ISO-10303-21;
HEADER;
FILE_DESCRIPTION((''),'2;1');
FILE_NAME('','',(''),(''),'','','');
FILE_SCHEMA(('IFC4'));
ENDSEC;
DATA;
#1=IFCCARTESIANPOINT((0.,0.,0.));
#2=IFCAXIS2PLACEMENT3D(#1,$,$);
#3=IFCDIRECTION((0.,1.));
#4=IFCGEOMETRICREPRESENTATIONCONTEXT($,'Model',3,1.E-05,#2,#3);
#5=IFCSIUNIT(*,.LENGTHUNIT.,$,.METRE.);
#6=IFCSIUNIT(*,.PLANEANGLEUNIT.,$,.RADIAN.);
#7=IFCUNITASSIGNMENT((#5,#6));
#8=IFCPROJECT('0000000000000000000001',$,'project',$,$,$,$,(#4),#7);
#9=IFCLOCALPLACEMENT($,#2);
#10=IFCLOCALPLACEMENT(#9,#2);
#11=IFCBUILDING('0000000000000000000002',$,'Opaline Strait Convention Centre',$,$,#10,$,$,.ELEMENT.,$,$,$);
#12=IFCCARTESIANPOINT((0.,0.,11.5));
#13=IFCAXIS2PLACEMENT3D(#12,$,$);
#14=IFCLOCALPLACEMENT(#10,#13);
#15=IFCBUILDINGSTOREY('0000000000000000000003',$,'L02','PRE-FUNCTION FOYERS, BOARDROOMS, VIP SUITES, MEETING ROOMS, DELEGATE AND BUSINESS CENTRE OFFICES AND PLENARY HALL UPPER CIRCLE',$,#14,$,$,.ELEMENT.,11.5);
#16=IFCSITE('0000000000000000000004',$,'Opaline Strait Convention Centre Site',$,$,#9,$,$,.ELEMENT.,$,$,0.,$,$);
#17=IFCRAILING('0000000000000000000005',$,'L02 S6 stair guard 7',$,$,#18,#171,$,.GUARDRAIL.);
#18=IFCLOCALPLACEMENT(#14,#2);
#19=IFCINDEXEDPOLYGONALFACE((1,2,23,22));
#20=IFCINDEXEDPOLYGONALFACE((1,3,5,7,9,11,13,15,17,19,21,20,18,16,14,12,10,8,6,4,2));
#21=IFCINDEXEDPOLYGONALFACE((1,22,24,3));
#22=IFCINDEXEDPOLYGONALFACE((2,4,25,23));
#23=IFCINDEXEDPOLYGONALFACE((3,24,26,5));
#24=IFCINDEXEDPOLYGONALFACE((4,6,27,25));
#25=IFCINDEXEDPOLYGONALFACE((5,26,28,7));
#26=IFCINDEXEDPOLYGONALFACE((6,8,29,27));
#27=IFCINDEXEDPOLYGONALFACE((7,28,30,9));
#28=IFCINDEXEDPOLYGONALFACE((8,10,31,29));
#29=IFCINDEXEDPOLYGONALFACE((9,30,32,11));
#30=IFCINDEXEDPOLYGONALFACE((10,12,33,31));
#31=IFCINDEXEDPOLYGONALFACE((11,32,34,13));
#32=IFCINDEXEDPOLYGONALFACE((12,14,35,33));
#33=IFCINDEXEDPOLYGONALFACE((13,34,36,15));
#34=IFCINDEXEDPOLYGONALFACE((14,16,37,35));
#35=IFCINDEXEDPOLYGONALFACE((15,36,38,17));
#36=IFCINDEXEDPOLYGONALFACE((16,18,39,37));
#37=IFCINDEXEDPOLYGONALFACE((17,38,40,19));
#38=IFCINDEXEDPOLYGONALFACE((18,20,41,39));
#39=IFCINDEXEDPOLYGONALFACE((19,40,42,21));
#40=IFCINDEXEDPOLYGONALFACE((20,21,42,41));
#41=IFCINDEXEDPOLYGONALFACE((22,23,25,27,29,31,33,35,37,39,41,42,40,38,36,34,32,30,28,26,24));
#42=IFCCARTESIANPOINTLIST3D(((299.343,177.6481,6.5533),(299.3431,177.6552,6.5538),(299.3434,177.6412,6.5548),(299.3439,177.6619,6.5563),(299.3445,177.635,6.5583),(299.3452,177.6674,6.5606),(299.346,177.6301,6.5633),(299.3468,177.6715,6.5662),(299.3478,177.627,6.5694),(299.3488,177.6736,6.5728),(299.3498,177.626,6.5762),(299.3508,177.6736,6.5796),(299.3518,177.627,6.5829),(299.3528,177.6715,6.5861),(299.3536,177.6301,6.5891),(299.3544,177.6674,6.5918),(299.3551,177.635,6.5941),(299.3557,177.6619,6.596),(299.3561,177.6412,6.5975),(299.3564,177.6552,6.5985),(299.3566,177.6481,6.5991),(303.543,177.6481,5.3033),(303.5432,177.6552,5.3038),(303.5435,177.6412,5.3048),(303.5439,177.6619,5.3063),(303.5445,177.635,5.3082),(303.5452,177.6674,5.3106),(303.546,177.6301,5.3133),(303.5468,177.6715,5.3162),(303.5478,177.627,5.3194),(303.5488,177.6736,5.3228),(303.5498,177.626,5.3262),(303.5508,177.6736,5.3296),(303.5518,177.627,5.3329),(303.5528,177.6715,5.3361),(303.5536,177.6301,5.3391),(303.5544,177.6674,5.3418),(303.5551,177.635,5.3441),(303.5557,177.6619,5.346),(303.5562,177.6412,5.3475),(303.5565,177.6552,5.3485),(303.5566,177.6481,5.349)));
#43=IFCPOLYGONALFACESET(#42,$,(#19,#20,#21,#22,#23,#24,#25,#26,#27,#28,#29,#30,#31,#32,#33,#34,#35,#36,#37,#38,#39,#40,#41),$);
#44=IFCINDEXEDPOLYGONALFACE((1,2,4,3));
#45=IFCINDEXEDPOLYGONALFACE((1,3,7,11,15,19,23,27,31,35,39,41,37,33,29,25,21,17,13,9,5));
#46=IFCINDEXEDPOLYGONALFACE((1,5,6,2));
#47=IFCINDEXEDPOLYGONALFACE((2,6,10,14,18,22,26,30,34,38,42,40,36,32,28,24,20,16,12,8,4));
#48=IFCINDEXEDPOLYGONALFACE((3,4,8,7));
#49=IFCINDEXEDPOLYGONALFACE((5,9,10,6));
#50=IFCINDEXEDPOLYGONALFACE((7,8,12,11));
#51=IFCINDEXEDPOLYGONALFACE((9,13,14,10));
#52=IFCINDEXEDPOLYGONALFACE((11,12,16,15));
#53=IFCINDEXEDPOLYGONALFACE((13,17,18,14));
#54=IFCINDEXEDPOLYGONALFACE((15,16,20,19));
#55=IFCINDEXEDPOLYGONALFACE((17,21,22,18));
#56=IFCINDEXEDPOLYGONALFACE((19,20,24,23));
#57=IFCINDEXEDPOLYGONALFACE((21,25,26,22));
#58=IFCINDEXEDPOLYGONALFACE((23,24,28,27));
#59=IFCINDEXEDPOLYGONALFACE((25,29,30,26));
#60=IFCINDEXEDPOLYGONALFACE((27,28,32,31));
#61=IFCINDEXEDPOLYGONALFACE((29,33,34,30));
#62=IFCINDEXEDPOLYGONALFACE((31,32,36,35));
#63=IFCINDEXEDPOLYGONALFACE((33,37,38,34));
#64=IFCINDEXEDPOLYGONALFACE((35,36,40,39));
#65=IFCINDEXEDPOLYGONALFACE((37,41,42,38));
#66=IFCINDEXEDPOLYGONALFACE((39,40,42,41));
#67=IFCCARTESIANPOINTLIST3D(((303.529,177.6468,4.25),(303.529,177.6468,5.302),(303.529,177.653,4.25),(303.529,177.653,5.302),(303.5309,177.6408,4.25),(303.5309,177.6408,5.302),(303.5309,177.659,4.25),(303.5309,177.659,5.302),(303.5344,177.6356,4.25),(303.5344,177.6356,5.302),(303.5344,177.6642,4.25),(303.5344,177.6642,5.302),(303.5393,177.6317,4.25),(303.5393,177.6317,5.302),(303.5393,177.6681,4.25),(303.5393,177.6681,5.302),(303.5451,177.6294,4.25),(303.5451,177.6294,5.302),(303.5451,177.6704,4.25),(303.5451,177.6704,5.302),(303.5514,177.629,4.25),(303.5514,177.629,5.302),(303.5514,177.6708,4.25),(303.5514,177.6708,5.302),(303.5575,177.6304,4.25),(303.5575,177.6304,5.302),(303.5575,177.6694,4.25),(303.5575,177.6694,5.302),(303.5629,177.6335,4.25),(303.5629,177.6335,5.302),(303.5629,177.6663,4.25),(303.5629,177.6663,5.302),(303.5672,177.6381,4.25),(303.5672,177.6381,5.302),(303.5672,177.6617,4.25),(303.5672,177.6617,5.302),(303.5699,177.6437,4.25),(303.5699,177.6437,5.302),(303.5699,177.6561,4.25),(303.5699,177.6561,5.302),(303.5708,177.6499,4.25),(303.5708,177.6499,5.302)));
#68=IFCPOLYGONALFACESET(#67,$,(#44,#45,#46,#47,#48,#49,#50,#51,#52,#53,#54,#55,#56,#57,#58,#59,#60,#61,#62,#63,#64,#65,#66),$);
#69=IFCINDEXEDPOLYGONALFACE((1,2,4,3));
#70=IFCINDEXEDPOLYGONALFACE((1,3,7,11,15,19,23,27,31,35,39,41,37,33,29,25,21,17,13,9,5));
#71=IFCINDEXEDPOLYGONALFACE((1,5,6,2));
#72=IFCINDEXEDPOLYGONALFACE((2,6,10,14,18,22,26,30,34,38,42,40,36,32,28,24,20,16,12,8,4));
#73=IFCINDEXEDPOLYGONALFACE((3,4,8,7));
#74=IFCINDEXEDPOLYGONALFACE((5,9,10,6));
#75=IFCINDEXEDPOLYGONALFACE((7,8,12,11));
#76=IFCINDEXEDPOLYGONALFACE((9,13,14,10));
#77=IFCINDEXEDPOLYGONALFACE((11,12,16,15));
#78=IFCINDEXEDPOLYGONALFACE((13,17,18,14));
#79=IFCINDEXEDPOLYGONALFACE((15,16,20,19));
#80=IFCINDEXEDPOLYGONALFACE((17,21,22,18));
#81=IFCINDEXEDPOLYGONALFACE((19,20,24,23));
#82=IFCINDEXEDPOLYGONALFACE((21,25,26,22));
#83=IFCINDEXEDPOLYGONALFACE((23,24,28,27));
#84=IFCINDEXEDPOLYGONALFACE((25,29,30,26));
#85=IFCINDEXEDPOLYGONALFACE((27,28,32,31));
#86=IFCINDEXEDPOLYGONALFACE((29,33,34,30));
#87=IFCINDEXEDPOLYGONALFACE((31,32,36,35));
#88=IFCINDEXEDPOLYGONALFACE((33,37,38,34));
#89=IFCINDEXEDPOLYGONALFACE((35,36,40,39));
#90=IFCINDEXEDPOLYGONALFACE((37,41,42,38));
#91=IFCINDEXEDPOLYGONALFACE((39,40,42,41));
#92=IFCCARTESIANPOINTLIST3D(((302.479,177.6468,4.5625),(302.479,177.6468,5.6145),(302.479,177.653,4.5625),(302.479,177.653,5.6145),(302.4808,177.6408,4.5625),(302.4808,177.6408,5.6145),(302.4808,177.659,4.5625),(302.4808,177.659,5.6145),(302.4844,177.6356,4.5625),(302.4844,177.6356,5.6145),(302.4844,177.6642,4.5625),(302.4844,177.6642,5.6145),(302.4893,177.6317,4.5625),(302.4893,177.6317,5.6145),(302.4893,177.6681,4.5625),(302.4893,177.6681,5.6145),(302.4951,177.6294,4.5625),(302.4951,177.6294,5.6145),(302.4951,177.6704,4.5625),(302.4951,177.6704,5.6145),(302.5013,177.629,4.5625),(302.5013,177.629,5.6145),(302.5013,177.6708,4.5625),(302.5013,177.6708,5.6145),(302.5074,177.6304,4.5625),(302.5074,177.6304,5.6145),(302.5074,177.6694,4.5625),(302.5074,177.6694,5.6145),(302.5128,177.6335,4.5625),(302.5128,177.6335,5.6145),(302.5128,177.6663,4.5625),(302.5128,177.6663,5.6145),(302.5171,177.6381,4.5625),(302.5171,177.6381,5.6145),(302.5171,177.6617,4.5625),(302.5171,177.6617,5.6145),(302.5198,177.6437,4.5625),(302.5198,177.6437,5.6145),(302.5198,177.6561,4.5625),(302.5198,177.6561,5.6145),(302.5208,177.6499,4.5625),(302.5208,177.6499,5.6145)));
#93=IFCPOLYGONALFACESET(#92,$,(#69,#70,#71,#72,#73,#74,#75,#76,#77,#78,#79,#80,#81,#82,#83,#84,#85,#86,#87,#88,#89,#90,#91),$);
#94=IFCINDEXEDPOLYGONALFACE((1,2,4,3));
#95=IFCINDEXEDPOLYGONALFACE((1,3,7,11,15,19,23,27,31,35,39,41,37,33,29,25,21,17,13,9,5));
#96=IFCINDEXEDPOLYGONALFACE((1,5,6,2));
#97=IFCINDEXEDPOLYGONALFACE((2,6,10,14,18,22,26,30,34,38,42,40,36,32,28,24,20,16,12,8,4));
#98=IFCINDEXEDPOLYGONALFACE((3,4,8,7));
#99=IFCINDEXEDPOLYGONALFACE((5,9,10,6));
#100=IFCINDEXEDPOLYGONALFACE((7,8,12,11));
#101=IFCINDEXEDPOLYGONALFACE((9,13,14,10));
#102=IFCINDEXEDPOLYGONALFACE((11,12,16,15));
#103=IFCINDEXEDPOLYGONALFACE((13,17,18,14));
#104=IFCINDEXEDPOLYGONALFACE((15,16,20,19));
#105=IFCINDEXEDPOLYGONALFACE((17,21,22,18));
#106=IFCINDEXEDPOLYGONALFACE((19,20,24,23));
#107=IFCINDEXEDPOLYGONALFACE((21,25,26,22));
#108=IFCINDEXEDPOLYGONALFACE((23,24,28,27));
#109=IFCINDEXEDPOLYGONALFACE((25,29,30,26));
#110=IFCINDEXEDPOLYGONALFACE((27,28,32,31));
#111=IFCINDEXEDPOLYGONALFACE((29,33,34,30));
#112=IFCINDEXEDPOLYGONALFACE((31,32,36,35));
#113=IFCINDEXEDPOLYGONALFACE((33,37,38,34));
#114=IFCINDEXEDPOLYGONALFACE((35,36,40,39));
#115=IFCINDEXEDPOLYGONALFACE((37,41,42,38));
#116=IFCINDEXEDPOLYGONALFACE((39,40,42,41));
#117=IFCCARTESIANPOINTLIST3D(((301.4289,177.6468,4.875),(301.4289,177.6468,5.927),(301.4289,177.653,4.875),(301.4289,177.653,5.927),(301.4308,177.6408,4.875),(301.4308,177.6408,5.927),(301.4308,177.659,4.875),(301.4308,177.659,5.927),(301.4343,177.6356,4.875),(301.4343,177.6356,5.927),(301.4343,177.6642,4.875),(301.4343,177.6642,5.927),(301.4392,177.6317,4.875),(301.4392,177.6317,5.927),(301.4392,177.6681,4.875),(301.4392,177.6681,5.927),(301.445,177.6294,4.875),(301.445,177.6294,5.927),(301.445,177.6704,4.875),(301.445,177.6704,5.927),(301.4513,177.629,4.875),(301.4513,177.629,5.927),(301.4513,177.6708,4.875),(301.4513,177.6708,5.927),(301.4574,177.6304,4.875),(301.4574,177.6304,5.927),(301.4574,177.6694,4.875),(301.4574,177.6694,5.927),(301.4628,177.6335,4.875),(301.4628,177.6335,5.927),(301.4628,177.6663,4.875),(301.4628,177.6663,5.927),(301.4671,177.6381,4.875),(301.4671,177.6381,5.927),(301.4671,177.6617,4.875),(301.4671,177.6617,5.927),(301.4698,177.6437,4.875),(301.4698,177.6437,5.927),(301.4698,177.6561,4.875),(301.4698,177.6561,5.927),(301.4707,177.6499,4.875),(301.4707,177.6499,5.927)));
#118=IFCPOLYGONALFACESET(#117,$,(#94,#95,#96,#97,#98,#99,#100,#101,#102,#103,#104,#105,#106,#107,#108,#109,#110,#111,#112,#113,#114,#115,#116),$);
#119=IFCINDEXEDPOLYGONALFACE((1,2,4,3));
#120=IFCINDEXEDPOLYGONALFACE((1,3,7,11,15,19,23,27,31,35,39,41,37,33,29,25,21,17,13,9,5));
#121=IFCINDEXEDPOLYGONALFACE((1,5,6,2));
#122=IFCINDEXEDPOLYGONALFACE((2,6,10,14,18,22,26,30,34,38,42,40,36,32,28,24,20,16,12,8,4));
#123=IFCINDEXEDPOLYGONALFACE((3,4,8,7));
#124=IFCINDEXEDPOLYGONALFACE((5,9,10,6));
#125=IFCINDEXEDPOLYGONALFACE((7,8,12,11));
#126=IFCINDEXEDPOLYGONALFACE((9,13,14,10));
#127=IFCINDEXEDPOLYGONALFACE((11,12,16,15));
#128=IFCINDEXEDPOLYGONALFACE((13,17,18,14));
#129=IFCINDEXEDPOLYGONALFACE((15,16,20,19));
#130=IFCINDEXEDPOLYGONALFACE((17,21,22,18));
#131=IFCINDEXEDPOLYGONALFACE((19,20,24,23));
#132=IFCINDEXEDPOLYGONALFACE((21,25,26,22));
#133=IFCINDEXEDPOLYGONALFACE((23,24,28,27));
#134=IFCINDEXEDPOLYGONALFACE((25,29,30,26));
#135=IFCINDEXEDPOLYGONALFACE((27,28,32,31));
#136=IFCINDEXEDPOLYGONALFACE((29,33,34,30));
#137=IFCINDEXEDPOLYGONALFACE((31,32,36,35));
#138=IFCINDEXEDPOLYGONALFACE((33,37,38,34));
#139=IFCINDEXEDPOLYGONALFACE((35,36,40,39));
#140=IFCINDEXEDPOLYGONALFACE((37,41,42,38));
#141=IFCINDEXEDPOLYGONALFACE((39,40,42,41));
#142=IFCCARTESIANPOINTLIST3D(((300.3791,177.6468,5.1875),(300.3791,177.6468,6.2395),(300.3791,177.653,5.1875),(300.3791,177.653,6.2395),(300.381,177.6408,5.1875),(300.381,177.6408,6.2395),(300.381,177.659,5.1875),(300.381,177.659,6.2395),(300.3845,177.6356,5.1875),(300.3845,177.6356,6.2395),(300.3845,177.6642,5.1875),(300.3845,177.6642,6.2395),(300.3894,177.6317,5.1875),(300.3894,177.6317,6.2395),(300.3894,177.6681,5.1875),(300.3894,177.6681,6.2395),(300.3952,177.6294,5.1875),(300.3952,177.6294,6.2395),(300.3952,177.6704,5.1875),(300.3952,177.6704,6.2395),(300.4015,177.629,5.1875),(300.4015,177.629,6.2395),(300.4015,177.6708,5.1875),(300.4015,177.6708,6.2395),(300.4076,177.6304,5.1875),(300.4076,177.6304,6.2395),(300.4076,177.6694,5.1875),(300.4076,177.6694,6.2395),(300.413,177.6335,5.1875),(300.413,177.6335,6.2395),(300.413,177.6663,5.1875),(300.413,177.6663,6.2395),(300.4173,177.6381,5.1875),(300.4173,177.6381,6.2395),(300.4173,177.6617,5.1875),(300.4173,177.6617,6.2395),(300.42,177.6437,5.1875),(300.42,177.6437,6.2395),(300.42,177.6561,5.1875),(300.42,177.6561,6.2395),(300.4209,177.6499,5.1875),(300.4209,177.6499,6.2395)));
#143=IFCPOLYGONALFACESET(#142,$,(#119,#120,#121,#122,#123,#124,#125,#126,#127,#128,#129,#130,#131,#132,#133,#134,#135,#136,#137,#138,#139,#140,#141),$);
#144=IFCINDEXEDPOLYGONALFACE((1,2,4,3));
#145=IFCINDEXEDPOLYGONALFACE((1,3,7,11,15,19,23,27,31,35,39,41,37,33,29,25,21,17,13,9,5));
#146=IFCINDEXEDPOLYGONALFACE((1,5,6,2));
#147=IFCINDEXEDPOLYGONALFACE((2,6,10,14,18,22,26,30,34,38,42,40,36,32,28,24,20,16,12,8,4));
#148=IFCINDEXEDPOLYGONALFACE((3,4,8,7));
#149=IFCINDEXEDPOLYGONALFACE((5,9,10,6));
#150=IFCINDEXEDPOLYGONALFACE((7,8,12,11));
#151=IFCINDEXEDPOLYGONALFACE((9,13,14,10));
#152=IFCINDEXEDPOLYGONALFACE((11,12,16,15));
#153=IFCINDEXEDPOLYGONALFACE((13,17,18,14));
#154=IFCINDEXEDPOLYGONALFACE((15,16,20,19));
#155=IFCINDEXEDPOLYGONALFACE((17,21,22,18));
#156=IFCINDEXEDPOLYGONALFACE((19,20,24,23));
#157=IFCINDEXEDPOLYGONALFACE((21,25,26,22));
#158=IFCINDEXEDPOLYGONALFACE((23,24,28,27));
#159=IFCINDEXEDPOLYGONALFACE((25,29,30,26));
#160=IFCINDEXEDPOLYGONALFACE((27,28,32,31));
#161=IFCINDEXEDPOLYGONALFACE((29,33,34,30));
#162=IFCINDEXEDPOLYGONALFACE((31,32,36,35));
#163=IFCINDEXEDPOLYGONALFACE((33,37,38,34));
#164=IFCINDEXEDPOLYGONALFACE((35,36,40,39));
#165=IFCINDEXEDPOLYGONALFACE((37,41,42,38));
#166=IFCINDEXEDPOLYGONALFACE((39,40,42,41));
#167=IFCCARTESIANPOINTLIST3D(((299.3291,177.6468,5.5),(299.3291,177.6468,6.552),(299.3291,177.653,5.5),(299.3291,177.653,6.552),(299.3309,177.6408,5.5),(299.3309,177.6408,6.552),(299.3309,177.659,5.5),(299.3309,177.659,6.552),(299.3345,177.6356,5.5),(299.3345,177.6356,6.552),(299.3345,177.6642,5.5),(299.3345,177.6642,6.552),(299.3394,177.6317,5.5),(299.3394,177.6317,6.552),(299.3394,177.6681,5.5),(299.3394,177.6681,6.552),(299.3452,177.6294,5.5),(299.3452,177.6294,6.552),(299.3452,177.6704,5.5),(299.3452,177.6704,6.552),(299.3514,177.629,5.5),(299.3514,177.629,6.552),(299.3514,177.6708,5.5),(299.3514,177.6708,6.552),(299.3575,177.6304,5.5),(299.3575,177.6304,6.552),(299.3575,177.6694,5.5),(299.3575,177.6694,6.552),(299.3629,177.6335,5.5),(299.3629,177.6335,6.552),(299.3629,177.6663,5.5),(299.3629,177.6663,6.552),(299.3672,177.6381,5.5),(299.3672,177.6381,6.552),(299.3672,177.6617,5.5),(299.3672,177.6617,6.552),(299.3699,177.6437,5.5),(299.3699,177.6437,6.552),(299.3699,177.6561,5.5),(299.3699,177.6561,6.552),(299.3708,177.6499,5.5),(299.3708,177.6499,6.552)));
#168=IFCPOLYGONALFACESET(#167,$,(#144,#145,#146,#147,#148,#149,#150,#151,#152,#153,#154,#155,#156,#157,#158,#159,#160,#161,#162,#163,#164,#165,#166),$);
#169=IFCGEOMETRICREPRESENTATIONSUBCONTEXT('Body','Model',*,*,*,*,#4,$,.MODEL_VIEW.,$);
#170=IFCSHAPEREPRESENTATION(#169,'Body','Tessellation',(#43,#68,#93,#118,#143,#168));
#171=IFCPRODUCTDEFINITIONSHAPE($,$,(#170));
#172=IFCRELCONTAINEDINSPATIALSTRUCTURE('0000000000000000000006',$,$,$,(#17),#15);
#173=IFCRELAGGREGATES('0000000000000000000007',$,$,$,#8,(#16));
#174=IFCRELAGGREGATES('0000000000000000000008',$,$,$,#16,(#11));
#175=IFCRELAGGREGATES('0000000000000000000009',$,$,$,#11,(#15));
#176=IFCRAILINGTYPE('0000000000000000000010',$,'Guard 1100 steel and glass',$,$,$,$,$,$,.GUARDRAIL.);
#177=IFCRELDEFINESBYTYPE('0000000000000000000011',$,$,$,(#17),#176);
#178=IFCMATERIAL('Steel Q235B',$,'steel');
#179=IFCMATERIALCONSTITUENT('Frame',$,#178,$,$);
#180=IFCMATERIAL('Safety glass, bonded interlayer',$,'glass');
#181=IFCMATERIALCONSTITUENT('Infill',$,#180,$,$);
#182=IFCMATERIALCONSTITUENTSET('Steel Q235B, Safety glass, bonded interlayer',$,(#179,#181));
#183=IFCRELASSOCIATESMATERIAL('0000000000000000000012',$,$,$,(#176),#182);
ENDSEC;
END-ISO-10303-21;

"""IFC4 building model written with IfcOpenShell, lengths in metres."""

from ifc_helpers import new_model, si_unit, direction, frame, origin, origin_2d, place, context, subcontext, project, spatial, circle, extrude, material, constituent, constituent_set, type_object, element, save


model = new_model("IFC4")

# Units and contexts
model_context = context("Model", 3, precision=1e-05, world=origin(), true_north=direction((0.0, 1.0)))
body_context = subcontext(model_context, "Body", "Model", "MODEL_VIEW")
ifc_project = project(units=[si_unit("LENGTHUNIT", "METRE"), si_unit("PLANEANGLEUNIT", "RADIAN")], contexts=[model_context])

# Site, building, storey
site_placement = place(None, origin())
site = spatial("IfcSite", under=ifc_project, at=site_placement, Name="Opaline Strait Convention Centre Site", CompositionType="ELEMENT", RefElevation=0.0)
building_placement = place(site_placement, origin())
building = spatial("IfcBuilding", under=site, at=building_placement, Name="Opaline Strait Convention Centre", CompositionType="ELEMENT")
storey_placement = place(building_placement, frame((0.0, 0.0, 11.5)))
storey = spatial("IfcBuildingStorey", under=building, at=storey_placement, Name="L02", Description="PRE-FUNCTION FOYERS, BOARDROOMS, VIP SUITES, MEETING ROOMS, DELEGATE AND BUSINESS CENTRE OFFICES AND PLENARY HALL UPPER CIRCLE", CompositionType="ELEMENT", Elevation=11.5)

# Railing
ifc_material_1 = material(Name="Steel Q235B", Category="steel")
ifc_constituent_1 = constituent(ifc_material_1, Name="Frame")
ifc_material_2 = material(Name="Safety glass, bonded interlayer", Category="glass")
ifc_constituent_2 = constituent(ifc_material_2, Name="Infill")
ifc_constituent_set = constituent_set(constituents=[ifc_constituent_1, ifc_constituent_2], Name="Steel Q235B, Safety glass, bonded interlayer")
railing_type_1 = type_object("IfcRailingType", Name="Guard 1100 steel and glass", PredefinedType="GUARDRAIL", material=ifc_constituent_set)
for number, where, name in (
    (1, (303.5498, 177.6499, 4.25), "L02 S6 stair guard 7"),
):
    element("IfcRailing", number, at=place(storey_placement, frame(where)), inside=storey, type_object=railing_type_1, Name=name, PredefinedType="GUARDRAIL", context=body_context, shape_type="SweptSolid", body=[
        extrude(circle(Radius=0.0239, at=origin_2d()), frame((0.0, 0.0, 1.0762), z_axis=(-0.958451, 0.0, 0.285257), x_axis=(0.0, -1.0, 0.0)), (0.0, 0.0, 1.0), 4.3821),
        extrude(circle(Radius=0.021, at=origin_2d()), origin(), (0.0, 0.0, 1.0), 1.052),
        extrude(circle(Radius=0.021, at=origin_2d()), frame((-1.05, 0.0, 0.3125)), (0.0, 0.0, 1.0), 1.052),
        extrude(circle(Radius=0.021, at=origin_2d()), frame((-2.1001, 0.0, 0.625)), (0.0, 0.0, 1.0), 1.052),
        extrude(circle(Radius=0.021, at=origin_2d()), frame((-3.1499, 0.0, 0.9375)), (0.0, 0.0, 1.0), 1.052),
        extrude(circle(Radius=0.021, at=origin_2d()), frame((-4.2, 0.0, 1.25)), (0.0, 0.0, 1.0), 1.052),
    ])

save(model, "model.ifc")
